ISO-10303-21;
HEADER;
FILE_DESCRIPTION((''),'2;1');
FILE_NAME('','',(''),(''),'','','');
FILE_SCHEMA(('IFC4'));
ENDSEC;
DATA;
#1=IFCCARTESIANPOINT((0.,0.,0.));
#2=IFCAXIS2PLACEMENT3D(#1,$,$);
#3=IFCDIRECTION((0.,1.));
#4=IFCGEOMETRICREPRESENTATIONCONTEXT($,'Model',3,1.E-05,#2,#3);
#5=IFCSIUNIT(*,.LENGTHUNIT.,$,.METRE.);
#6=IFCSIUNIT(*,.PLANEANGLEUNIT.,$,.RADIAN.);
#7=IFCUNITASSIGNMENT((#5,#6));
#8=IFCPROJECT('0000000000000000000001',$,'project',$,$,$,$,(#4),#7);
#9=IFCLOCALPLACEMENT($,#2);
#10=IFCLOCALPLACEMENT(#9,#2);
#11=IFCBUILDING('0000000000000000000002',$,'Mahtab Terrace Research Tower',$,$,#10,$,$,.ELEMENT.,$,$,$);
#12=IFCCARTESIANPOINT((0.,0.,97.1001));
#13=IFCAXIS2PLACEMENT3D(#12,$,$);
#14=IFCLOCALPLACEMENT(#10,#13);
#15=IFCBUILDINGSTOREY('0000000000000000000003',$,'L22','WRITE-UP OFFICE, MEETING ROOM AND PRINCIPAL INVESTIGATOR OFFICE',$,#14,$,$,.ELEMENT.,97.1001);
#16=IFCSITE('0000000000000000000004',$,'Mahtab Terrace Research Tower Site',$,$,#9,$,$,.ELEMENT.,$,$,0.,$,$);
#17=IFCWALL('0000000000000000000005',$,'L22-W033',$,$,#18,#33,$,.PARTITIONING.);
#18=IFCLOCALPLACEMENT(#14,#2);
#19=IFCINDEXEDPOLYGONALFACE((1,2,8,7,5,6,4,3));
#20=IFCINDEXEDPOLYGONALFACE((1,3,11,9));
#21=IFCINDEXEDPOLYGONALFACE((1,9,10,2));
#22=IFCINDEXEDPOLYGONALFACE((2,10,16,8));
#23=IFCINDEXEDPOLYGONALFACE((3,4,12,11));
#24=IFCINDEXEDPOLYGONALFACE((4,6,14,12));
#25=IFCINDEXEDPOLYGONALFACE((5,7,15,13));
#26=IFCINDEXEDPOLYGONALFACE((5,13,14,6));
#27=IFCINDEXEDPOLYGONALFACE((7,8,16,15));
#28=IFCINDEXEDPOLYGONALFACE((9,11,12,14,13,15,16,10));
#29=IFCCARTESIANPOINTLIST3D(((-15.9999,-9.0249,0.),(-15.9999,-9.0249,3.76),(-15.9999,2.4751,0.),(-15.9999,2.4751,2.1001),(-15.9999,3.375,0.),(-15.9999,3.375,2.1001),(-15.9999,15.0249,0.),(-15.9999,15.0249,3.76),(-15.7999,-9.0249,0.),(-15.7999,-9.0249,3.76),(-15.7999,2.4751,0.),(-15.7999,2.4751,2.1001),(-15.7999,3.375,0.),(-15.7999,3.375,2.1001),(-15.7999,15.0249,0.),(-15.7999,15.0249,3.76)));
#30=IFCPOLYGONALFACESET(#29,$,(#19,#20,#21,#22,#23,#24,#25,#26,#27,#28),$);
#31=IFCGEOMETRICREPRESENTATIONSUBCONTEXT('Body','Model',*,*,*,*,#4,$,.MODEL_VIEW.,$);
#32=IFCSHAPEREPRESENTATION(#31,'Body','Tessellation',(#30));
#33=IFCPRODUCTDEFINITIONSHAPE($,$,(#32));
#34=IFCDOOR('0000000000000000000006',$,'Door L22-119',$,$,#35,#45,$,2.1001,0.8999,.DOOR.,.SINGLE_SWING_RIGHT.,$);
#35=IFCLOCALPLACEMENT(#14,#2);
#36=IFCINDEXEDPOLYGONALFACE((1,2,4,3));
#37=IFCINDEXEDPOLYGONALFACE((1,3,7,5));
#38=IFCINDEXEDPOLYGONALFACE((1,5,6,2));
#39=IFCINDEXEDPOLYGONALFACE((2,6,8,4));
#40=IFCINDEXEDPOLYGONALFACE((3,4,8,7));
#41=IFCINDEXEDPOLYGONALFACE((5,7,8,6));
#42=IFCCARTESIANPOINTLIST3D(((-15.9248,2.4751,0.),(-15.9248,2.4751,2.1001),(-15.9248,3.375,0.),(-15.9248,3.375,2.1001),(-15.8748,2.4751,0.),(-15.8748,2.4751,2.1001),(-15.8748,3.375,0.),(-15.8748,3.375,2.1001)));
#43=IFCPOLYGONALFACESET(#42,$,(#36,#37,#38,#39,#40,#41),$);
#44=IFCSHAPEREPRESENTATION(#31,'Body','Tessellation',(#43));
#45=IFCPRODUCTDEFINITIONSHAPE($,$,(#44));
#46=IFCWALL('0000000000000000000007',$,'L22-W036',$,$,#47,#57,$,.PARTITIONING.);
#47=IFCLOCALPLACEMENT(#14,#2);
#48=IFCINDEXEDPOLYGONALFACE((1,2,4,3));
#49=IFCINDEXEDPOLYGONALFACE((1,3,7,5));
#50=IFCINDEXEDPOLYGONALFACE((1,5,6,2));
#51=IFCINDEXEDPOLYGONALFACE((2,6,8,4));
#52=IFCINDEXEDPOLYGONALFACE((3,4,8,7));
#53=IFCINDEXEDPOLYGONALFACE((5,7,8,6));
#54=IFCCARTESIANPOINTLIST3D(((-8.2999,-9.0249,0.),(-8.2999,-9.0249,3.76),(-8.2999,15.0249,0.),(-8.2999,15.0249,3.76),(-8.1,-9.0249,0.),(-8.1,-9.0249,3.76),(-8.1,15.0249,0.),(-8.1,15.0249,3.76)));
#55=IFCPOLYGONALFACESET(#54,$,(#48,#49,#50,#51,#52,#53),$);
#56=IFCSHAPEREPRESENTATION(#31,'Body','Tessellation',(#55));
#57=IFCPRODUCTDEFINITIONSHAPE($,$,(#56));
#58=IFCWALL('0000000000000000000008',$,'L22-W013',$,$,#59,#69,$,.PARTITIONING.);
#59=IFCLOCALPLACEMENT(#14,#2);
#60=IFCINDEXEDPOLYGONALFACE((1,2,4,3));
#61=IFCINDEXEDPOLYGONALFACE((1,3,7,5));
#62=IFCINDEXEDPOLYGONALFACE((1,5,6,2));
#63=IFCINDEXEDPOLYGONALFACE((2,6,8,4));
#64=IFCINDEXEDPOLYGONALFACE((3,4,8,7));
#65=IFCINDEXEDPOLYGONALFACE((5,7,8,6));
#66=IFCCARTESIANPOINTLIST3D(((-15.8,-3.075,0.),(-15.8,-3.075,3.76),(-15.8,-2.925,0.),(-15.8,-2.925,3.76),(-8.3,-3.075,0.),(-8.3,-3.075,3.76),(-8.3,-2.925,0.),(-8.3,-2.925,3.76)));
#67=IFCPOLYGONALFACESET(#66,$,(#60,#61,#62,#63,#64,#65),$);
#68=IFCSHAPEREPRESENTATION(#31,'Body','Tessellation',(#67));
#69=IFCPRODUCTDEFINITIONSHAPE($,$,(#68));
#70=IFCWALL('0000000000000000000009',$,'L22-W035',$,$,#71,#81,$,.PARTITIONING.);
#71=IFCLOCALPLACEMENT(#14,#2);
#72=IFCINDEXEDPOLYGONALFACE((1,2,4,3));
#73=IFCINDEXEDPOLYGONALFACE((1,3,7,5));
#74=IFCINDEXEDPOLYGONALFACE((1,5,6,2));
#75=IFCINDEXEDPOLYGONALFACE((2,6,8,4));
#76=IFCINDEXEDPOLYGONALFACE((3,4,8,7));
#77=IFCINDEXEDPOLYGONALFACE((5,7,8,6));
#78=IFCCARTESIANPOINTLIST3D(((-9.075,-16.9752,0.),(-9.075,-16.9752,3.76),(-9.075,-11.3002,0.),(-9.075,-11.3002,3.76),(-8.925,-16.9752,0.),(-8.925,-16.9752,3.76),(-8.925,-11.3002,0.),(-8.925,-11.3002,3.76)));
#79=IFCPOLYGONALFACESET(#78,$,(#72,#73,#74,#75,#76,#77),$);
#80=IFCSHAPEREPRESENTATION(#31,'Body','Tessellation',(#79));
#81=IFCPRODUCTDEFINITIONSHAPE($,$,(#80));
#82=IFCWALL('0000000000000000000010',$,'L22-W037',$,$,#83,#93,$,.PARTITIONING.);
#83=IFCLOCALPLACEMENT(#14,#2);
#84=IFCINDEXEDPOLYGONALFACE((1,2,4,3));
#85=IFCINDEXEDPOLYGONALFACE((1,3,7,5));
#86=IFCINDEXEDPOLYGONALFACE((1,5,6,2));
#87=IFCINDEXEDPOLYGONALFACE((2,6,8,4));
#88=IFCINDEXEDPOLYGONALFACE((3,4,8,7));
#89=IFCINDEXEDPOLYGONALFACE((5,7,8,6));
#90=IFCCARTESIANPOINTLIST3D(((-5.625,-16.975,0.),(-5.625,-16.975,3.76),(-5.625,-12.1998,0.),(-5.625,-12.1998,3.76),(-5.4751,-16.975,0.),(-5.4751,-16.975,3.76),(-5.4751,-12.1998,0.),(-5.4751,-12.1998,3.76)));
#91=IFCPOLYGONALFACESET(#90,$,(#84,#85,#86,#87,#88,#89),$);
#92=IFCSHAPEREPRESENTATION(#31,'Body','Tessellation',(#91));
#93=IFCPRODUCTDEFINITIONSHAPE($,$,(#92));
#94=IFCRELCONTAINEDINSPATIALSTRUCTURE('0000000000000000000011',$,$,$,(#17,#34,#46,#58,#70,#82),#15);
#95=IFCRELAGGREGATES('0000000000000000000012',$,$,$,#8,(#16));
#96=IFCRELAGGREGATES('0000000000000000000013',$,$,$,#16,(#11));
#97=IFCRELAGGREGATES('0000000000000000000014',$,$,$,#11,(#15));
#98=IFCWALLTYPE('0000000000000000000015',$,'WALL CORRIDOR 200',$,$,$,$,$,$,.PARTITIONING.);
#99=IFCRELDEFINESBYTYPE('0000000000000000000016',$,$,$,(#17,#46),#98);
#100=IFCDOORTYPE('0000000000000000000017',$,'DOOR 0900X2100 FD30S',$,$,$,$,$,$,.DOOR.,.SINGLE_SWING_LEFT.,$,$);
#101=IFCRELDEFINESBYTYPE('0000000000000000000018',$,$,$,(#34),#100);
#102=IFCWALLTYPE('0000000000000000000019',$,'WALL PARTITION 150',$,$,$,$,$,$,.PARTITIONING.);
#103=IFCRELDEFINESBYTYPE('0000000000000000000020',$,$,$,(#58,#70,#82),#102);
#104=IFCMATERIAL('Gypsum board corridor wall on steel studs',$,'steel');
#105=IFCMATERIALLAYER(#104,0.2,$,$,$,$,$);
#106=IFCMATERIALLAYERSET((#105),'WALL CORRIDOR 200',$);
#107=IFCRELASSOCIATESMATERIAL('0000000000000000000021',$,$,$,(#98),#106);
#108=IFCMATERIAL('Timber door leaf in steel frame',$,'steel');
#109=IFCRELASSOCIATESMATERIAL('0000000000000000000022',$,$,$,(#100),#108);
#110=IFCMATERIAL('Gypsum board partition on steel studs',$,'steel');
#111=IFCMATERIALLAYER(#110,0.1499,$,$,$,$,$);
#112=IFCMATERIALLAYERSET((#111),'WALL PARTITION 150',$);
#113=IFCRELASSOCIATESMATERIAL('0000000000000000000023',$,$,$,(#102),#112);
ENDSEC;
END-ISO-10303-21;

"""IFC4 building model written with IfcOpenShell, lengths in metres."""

from ifc_helpers import new_model, si_unit, direction, frame, frame_2d, origin, place, context, subcontext, project, spatial, rectangle, extrude, material, layer, layer_set, type_object, element, fill, save


model = new_model("IFC4")

# Units and contexts
model_context = context("Model", 3, precision=1e-05, world=origin(), true_north=direction((0.0, 1.0)))
body_context = subcontext(model_context, "Body", "Model", "MODEL_VIEW")
ifc_project = project(units=[si_unit("LENGTHUNIT", "METRE"), si_unit("PLANEANGLEUNIT", "RADIAN")], contexts=[model_context])

# Site, building, storey
site_placement = place(None, origin())
site = spatial("IfcSite", under=ifc_project, at=site_placement, Name="Mahtab Terrace Research Tower Site", CompositionType="ELEMENT", RefElevation=0.0)
building_placement = place(site_placement, origin())
building = spatial("IfcBuilding", under=site, at=building_placement, Name="Mahtab Terrace Research Tower", CompositionType="ELEMENT")
storey_placement = place(building_placement, frame((0.0, 0.0, 97.1001)))
storey = spatial("IfcBuildingStorey", under=building, at=storey_placement, Name="L22", Description="WRITE-UP OFFICE, MEETING ROOM AND PRINCIPAL INVESTIGATOR OFFICE", CompositionType="ELEMENT", Elevation=97.1001)

# Shared definitions
ifc_material_1 = material(Name="Gypsum board corridor wall on steel studs", Category="steel")
ifc_layer_1 = layer(ifc_material_1, 0.2)
ifc_layer_set_1 = layer_set([ifc_layer_1], Name="WALL CORRIDOR 200")
wall_type_1 = type_object("IfcWallType", Name="WALL CORRIDOR 200", PredefinedType="PARTITIONING", material=ifc_layer_set_1)
ifc_material_2 = material(Name="Timber door leaf in steel frame", Category="steel")
door_type_1 = type_object("IfcDoorType", Name="DOOR 0900X2100 FD30S", OperationType="SINGLE_SWING_LEFT", PredefinedType="DOOR", material=ifc_material_2)

# Wall, opening, door
wall_1_placement = place(storey_placement, frame((-15.8999, -9.0249, 0.0), z_axis=(0.0, 0.0, 1.0), x_axis=(0.0, 1.0, 0.0)))
wall_1 = element("IfcWall", 1, at=wall_1_placement, inside=storey, type_object=wall_type_1, Name="L22-W033", PredefinedType="PARTITIONING", context=body_context, shape_type="SweptSolid", body=[
    extrude(rectangle(XDim=24.0498, YDim=0.2, at=frame_2d((12.0249, 0.0))), origin(), (0.0, 0.0, 1.0), 3.76),
])
opening_1_placement = place(wall_1_placement, frame((11.5, 0.0, 0.0)))
opening_1 = element("IfcOpeningElement", 2, at=opening_1_placement, cuts=wall_1, PredefinedType="OPENING", context=body_context, shape_type="SweptSolid", body=[
    extrude(rectangle(XDim=0.8999, YDim=2.1001, at=frame_2d((0.45, 1.05))), frame((0.0, 0.1099, 0.0), z_axis=(0.0, -1.0, 0.0), x_axis=(1.0, 0.0, 0.0)), (0.0, 0.0, 1.0), 0.22),
])
door_1_placement = place(opening_1_placement, origin())
door_1 = element("IfcDoor", 3, at=door_1_placement, inside=storey, type_object=door_type_1, Name="Door L22-119", OperationType="SINGLE_SWING_RIGHT", OverallHeight=2.1001, OverallWidth=0.8999, PredefinedType="DOOR", context=body_context, shape_type="SweptSolid", body=[
    extrude(rectangle(XDim=0.8999, YDim=2.1001, at=frame_2d((0.45, 1.05))), frame((0.0, 0.0249, 0.0), z_axis=(0.0, -1.0, 0.0), x_axis=(1.0, 0.0, 0.0)), (0.0, 0.0, 1.0), 0.05),
])
fill(opening_1, door_1)

# Walls
wall_2_placement = place(storey_placement, frame((-8.2, -9.0249, 0.0), z_axis=(0.0, 0.0, 1.0), x_axis=(0.0, 1.0, 0.0)))
element("IfcWall", 4, at=wall_2_placement, inside=storey, type_object=wall_type_1, Name="L22-W036", PredefinedType="PARTITIONING", context=body_context, shape_type="SweptSolid", body=[
    extrude(rectangle(XDim=24.0498, YDim=0.2, at=frame_2d((12.0249, 0.0))), origin(), (0.0, 0.0, 1.0), 3.76),
])
ifc_material_3 = material(Name="Gypsum board partition on steel studs", Category="steel")
ifc_layer_2 = layer(ifc_material_3, 0.1499)
ifc_layer_set_2 = layer_set([ifc_layer_2], Name="WALL PARTITION 150")
wall_type_2 = type_object("IfcWallType", Name="WALL PARTITION 150", PredefinedType="PARTITIONING", material=ifc_layer_set_2)
wall_3_placement = place(storey_placement, frame((-15.8, -3.0, 0.0), z_axis=(0.0, 0.0, 1.0), x_axis=(1.0, 0.0, 0.0)))
element("IfcWall", 5, at=wall_3_placement, inside=storey, type_object=wall_type_2, Name="L22-W013", PredefinedType="PARTITIONING", context=body_context, shape_type="SweptSolid", body=[
    extrude(rectangle(XDim=7.5, YDim=0.1499, at=frame_2d((3.75, 0.0))), origin(), (0.0, 0.0, 1.0), 3.76),
])
wall_4_placement = place(storey_placement, frame((-9.0, -16.9751, 0.0), z_axis=(0.0, 0.0, 1.0), x_axis=(0.0, 1.0, 0.0)))
element("IfcWall", 6, at=wall_4_placement, inside=storey, type_object=wall_type_2, Name="L22-W035", PredefinedType="PARTITIONING", context=body_context, shape_type="SweptSolid", body=[
    extrude(rectangle(XDim=5.675, YDim=0.1499, at=frame_2d((2.8374, 0.0))), origin(), (0.0, 0.0, 1.0), 3.76),
])
wall_5_placement = place(storey_placement, frame((-5.55, -16.9751, 0.0), z_axis=(0.0, 0.0, 1.0), x_axis=(0.0, 1.0, 0.0)))
element("IfcWall", 7, at=wall_5_placement, inside=storey, type_object=wall_type_2, Name="L22-W037", PredefinedType="PARTITIONING", context=body_context, shape_type="SweptSolid", body=[
    extrude(rectangle(XDim=4.7751, YDim=0.1499, at=frame_2d((2.3877, 0.0))), origin(), (0.0, 0.0, 1.0), 3.76),
])

save(model, "model.ifc")
